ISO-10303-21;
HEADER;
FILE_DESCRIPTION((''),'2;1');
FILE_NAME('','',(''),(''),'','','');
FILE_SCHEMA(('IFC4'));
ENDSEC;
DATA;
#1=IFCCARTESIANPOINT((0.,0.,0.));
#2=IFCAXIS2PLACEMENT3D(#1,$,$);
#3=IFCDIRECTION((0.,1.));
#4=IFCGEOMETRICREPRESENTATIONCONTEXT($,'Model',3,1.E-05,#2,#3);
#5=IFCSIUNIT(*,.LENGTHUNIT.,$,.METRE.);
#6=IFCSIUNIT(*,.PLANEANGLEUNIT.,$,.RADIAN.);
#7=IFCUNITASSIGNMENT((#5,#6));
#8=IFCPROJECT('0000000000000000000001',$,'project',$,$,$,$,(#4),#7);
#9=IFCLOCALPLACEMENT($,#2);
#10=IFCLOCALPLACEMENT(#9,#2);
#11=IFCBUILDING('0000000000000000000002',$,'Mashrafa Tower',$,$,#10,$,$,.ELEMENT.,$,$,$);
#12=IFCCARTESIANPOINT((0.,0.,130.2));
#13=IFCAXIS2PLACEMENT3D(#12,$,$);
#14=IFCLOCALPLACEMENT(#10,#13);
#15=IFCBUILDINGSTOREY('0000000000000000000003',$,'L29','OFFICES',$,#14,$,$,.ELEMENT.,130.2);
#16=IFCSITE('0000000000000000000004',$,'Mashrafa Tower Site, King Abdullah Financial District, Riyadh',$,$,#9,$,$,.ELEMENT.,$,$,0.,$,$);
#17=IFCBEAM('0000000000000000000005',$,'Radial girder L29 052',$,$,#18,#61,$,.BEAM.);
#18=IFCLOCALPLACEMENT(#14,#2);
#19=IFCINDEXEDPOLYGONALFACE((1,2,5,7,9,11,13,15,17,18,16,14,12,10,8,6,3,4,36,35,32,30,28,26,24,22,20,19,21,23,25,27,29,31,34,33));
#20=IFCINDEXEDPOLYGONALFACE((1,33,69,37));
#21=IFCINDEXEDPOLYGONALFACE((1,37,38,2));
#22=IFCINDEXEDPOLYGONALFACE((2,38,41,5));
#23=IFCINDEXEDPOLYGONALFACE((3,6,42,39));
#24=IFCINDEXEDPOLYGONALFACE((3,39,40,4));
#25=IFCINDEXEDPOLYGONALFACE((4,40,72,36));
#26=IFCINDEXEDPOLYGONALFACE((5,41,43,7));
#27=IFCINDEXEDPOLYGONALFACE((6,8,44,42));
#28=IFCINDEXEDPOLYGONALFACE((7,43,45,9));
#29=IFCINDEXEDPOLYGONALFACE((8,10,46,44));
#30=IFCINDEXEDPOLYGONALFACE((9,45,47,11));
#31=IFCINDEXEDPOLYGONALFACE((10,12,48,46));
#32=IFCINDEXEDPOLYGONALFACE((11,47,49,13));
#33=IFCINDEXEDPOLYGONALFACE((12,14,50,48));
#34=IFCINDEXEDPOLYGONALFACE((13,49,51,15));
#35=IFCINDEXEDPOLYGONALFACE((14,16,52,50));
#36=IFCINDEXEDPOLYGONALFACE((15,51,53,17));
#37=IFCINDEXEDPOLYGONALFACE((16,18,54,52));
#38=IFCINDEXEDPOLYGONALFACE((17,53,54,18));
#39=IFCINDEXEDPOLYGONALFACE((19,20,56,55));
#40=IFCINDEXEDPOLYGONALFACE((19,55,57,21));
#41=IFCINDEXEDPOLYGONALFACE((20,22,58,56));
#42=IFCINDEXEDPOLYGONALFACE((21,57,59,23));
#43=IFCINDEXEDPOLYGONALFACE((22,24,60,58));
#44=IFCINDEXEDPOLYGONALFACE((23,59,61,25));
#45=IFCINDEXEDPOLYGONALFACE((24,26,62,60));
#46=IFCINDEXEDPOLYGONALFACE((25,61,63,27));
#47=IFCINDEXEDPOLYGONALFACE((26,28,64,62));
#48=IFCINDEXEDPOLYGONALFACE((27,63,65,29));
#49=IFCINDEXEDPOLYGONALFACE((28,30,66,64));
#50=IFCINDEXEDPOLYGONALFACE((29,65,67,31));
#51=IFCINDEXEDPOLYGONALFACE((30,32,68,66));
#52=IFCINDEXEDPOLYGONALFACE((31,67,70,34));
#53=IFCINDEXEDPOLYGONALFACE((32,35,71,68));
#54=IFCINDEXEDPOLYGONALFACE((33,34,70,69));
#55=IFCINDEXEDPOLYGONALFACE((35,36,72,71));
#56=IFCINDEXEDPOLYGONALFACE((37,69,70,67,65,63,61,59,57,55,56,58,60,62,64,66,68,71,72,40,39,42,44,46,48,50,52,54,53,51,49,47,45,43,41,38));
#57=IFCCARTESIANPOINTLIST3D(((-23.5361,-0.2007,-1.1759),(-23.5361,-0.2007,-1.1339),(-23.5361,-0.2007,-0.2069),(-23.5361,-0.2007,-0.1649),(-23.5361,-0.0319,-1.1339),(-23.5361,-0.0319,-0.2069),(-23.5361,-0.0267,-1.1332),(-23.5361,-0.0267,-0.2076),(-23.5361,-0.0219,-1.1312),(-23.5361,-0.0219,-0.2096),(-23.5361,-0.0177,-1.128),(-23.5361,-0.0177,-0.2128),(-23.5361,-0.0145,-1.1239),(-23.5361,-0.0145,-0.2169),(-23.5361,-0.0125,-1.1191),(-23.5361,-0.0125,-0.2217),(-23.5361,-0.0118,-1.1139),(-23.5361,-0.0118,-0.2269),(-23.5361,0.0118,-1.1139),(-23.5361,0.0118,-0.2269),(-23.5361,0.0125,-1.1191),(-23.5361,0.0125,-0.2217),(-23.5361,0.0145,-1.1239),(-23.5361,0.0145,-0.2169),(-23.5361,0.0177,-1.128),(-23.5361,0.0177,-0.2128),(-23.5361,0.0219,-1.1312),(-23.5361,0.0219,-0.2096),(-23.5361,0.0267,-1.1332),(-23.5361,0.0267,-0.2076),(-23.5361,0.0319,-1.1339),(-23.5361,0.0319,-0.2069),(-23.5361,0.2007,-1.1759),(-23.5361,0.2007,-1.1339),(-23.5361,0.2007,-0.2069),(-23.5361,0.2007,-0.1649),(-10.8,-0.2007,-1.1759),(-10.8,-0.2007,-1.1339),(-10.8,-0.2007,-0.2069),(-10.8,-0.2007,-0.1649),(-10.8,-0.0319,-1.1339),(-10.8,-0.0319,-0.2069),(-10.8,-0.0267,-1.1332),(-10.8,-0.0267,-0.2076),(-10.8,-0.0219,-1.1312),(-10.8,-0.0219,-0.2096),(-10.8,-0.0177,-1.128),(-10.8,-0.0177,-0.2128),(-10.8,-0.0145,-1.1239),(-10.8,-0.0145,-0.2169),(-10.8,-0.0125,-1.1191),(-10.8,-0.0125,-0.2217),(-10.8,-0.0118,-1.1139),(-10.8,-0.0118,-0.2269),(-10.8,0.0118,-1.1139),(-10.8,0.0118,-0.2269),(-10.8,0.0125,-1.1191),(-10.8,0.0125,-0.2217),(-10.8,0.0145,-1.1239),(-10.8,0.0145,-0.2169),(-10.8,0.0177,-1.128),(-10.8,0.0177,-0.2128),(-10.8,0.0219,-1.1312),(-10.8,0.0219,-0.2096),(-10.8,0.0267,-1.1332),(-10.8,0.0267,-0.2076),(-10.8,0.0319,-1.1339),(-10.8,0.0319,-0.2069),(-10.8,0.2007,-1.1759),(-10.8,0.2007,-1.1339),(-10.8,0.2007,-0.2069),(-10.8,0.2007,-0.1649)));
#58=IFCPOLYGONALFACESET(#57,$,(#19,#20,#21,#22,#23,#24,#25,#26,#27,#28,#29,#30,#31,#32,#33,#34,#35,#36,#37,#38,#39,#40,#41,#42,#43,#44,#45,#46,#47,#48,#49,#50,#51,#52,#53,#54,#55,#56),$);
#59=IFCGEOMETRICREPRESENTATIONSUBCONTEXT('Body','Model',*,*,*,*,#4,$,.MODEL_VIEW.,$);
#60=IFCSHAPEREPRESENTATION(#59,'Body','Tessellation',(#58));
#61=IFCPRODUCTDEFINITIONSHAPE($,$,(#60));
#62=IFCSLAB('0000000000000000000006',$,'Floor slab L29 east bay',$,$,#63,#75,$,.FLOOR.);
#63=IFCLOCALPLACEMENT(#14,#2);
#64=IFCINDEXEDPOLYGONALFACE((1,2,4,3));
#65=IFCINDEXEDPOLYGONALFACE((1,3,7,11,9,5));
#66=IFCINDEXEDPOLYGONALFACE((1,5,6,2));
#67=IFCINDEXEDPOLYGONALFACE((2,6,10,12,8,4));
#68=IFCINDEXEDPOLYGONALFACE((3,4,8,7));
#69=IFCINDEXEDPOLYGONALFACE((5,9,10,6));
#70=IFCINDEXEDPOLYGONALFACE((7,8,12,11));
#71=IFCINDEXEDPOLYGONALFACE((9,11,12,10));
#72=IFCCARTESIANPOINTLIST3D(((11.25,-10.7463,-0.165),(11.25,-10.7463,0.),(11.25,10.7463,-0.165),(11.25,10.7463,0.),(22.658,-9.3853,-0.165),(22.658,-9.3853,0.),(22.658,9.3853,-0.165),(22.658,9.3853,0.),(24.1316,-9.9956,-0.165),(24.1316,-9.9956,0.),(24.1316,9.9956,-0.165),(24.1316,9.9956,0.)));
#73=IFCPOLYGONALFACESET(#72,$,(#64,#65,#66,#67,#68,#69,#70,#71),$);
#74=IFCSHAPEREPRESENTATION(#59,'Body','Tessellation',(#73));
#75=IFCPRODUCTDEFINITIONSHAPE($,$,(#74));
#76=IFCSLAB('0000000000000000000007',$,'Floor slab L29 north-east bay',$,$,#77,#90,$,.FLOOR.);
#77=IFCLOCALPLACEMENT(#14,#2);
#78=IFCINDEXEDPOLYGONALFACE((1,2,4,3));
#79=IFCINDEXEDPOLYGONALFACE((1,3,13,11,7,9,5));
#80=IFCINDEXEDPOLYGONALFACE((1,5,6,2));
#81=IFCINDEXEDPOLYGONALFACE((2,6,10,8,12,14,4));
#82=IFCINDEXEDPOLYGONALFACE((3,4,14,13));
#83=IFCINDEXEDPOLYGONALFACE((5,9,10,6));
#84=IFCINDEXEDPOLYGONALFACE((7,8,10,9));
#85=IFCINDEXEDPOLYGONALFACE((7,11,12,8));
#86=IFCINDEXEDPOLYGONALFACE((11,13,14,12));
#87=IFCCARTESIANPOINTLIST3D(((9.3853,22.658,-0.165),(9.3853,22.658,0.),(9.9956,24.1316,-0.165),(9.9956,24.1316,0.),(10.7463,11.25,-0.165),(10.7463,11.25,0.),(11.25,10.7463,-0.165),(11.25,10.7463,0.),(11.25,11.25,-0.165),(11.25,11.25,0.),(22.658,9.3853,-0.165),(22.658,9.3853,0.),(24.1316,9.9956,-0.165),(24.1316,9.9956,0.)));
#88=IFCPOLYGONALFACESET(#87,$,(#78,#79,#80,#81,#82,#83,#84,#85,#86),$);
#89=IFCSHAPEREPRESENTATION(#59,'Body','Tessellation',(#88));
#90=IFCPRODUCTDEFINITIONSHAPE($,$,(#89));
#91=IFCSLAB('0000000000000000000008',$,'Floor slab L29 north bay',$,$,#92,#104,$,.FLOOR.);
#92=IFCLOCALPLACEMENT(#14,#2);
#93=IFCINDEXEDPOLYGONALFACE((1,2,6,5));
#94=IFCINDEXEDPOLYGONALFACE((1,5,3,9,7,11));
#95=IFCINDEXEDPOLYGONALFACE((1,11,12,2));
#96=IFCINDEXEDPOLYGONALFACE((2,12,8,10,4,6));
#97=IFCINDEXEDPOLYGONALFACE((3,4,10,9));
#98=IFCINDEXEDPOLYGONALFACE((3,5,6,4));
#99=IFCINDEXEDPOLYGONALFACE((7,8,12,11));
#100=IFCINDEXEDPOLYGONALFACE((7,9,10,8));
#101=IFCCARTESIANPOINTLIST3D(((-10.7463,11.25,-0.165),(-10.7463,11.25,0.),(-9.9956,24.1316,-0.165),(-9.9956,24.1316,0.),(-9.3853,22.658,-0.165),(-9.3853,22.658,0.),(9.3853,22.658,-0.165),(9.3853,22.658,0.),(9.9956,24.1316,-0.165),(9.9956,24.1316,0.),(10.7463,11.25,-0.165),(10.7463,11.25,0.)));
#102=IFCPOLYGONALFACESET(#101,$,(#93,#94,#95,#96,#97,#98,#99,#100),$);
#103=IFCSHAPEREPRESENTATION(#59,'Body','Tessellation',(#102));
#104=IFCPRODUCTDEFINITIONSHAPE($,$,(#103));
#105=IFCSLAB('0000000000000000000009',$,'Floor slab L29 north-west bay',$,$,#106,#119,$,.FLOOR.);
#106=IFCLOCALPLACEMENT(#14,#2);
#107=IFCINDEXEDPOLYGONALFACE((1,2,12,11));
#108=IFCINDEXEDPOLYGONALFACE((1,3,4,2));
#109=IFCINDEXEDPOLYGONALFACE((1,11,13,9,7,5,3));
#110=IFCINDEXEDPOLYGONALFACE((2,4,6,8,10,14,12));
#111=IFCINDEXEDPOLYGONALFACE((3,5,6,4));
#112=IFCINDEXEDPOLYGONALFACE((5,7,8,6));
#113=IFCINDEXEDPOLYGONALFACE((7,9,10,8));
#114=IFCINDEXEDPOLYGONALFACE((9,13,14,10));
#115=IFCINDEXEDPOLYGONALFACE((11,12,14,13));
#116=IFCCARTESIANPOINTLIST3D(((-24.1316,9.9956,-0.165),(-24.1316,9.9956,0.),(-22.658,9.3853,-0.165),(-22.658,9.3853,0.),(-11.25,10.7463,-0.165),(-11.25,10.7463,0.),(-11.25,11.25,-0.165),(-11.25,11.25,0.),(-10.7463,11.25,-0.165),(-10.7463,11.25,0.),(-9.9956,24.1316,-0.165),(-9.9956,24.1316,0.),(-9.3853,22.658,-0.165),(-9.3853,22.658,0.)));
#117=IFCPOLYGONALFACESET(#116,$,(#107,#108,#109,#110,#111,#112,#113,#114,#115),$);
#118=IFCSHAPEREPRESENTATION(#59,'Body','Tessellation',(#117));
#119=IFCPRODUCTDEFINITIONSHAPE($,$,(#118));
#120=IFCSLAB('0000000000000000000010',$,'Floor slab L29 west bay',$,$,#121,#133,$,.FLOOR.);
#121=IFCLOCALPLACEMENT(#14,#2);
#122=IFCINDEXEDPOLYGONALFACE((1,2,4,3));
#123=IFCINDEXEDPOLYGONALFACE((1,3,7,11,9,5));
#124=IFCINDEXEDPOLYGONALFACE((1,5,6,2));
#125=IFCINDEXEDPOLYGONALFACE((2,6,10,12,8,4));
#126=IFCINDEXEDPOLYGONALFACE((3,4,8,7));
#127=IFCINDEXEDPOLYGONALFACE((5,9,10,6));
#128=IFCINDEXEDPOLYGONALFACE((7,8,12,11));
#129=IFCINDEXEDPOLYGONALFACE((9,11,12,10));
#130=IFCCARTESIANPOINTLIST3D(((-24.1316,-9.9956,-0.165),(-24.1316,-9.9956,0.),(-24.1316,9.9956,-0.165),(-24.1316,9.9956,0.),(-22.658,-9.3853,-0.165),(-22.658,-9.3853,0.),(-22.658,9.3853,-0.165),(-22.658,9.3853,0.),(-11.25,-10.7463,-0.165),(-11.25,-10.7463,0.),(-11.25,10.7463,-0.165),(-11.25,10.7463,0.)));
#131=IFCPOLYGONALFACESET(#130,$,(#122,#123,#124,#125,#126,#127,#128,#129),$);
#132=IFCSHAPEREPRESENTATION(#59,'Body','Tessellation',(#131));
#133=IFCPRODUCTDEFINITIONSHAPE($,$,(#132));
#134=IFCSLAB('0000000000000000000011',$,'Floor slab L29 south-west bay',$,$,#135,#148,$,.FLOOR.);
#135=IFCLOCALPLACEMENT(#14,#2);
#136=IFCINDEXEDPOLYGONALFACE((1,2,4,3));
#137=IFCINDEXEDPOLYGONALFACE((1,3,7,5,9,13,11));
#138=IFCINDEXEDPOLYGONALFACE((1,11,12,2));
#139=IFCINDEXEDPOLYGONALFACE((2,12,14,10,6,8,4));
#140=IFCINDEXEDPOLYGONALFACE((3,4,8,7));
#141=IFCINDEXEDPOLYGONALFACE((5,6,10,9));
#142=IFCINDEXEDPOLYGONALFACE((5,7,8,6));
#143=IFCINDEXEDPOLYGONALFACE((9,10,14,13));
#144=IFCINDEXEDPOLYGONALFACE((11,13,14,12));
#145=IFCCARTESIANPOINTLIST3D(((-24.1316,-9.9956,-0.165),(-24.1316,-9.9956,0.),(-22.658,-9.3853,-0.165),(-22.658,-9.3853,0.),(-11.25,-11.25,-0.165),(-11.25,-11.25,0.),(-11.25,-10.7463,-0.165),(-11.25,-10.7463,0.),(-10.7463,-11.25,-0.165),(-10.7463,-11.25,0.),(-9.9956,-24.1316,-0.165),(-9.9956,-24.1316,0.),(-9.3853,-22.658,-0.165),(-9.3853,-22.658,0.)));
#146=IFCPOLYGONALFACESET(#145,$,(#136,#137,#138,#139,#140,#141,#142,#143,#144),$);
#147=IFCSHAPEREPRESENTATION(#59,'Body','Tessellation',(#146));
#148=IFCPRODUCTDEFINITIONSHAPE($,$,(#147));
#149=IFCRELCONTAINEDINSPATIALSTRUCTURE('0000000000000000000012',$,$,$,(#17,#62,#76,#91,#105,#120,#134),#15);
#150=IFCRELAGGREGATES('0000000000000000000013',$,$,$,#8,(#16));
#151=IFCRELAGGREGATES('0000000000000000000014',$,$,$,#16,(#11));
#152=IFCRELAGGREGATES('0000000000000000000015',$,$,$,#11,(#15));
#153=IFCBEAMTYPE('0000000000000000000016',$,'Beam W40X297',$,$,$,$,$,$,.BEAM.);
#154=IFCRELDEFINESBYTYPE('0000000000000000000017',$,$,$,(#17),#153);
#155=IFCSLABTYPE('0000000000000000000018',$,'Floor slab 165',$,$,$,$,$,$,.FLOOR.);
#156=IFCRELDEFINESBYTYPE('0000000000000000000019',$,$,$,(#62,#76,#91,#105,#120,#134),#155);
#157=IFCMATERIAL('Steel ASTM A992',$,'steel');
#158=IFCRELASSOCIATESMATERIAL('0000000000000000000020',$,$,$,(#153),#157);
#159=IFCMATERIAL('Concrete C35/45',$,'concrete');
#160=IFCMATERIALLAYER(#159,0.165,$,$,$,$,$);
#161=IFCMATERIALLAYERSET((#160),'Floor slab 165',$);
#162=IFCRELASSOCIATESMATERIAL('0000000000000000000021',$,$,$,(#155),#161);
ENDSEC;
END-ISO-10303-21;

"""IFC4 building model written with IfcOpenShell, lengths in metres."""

from ifc_helpers import new_model, si_unit, direction, frame, origin, origin_2d, place, context, subcontext, project, spatial, polyline, i_section, outline, extrude, material, layer, layer_set, material_profile, profile_set, type_object, element, save


model = new_model("IFC4")

# Units and contexts
model_context = context("Model", 3, precision=1e-05, world=origin(), true_north=direction((0.0, 1.0)))
body_context = subcontext(model_context, "Body", "Model", "MODEL_VIEW")
ifc_project = project(units=[si_unit("LENGTHUNIT", "METRE"), si_unit("PLANEANGLEUNIT", "RADIAN")], contexts=[model_context])

# Site, building, storey
site_placement = place(None, origin())
site = spatial("IfcSite", under=ifc_project, at=site_placement, Name="Mashrafa Tower Site, King Abdullah Financial District, Riyadh", CompositionType="ELEMENT", RefElevation=0.0)
building_placement = place(site_placement, origin())
building = spatial("IfcBuilding", under=site, at=building_placement, Name="Mashrafa Tower", CompositionType="ELEMENT")
storey_placement = place(building_placement, frame((0.0, 0.0, 130.2)))
storey = spatial("IfcBuildingStorey", under=building, at=storey_placement, Name="L29", Description="OFFICES", CompositionType="ELEMENT", Elevation=130.2)

# Beam
ifc_material_1 = material(Name="Steel ASTM A992", Category="steel")
ifc_material_profile = material_profile(ifc_material_1, i_section(OverallWidth=0.4014, OverallDepth=1.011, WebThickness=0.0237, FlangeThickness=0.042, FilletRadius=0.02, at=origin_2d()), Name="W40X297")
ifc_profile_set = profile_set([ifc_material_profile], Name="Steel ASTM A992")
beam_type = type_object("IfcBeamType", Name="Beam W40X297", PredefinedType="BEAM", material=ifc_profile_set)
beam_placement = place(storey_placement, frame((-10.8, 0.0, -0.6704), z_axis=(-1.0, 0.0, 0.0), x_axis=(0.0, -1.0, 0.0)))
element("IfcBeam", 1, at=beam_placement, inside=storey, type_object=beam_type, Name="Radial girder L29 052", PredefinedType="BEAM", context=body_context, shape_type="SweptSolid", body=[
    extrude(i_section(OverallWidth=0.4014, OverallDepth=1.011, WebThickness=0.0237, FlangeThickness=0.042, FilletRadius=0.02, at=origin_2d()), origin(), (0.0, 0.0, 1.0), 12.7361),
])

# Slabs
ifc_material_2 = material(Name="Concrete C35/45", Category="concrete")
ifc_layer_1 = layer(ifc_material_2, 0.165)
ifc_layer_set_1 = layer_set([ifc_layer_1], Name="Floor slab 165")
slab_type = type_object("IfcSlabType", Name="Floor slab 165", PredefinedType="FLOOR", material=ifc_layer_set_1)
slab_1_placement = place(storey_placement, frame((0.0, 0.0, -0.165)))
element("IfcSlab", 2, at=slab_1_placement, inside=storey, type_object=slab_type, Name="Floor slab L29 east bay", PredefinedType="FLOOR", context=body_context, shape_type="SweptSolid", body=[
    extrude(outline(polyline([(24.1316, 9.9956), (24.1316, -9.9956), (24.1316, -9.9956), (22.658, -9.3853), (11.25, -10.7463), (11.25, 10.7463), (22.658, 9.3853), (24.1316, 9.9956), (24.1316, 9.9956)])), origin(), (0.0, 0.0, 1.0), 0.165),
])
slab_2_placement = place(storey_placement, frame((0.0, 0.0, -0.165)))
element("IfcSlab", 3, at=slab_2_placement, inside=storey, type_object=slab_type, Name="Floor slab L29 north-east bay", PredefinedType="FLOOR", context=body_context, shape_type="SweptSolid", body=[
    extrude(outline(polyline([(24.1316, 9.9956), (22.658, 9.3853), (11.25, 10.7463), (11.25, 11.25), (10.7463, 11.25), (9.3853, 22.658), (9.9956, 24.1316), (24.1316, 9.9956)])), origin(), (0.0, 0.0, 1.0), 0.165),
])
slab_3_placement = place(storey_placement, frame((0.0, 0.0, -0.165)))
element("IfcSlab", 4, at=slab_3_placement, inside=storey, type_object=slab_type, Name="Floor slab L29 north bay", PredefinedType="FLOOR", context=body_context, shape_type="SweptSolid", body=[
    extrude(outline(polyline([(-9.9956, 24.1316), (9.9956, 24.1316), (9.9956, 24.1316), (9.3853, 22.658), (10.7463, 11.25), (-10.7463, 11.25), (-9.3853, 22.658), (-9.9956, 24.1316), (-9.9956, 24.1316)])), origin(), (0.0, 0.0, 1.0), 0.165),
])
slab_4_placement = place(storey_placement, frame((0.0, 0.0, -0.165)))
element("IfcSlab", 5, at=slab_4_placement, inside=storey, type_object=slab_type, Name="Floor slab L29 north-west bay", PredefinedType="FLOOR", context=body_context, shape_type="SweptSolid", body=[
    extrude(outline(polyline([(-9.9956, 24.1316), (-9.3853, 22.658), (-10.7463, 11.25), (-11.25, 11.25), (-11.25, 10.7463), (-22.658, 9.3853), (-24.1316, 9.9956), (-9.9956, 24.1316)])), origin(), (0.0, 0.0, 1.0), 0.165),
])
slab_5_placement = place(storey_placement, frame((0.0, 0.0, -0.165)))
element("IfcSlab", 6, at=slab_5_placement, inside=storey, type_object=slab_type, Name="Floor slab L29 west bay", PredefinedType="FLOOR", context=body_context, shape_type="SweptSolid", body=[
    extrude(outline(polyline([(-24.1316, -9.9956), (-24.1316, 9.9956), (-24.1316, 9.9956), (-22.658, 9.3853), (-11.25, 10.7463), (-11.25, -10.7463), (-22.658, -9.3853), (-24.1316, -9.9956), (-24.1316, -9.9956)])), origin(), (0.0, 0.0, 1.0), 0.165),
])
slab_6_placement = place(storey_placement, frame((0.0, 0.0, -0.165)))
element("IfcSlab", 7, at=slab_6_placement, inside=storey, type_object=slab_type, Name="Floor slab L29 south-west bay", PredefinedType="FLOOR", context=body_context, shape_type="SweptSolid", body=[
    extrude(outline(polyline([(-24.1316, -9.9956), (-22.658, -9.3853), (-11.25, -10.7463), (-11.25, -11.25), (-10.7463, -11.25), (-9.3853, -22.658), (-9.9956, -24.1316), (-24.1316, -9.9956)])), origin(), (0.0, 0.0, 1.0), 0.165),
])

save(model, "model.ifc")
